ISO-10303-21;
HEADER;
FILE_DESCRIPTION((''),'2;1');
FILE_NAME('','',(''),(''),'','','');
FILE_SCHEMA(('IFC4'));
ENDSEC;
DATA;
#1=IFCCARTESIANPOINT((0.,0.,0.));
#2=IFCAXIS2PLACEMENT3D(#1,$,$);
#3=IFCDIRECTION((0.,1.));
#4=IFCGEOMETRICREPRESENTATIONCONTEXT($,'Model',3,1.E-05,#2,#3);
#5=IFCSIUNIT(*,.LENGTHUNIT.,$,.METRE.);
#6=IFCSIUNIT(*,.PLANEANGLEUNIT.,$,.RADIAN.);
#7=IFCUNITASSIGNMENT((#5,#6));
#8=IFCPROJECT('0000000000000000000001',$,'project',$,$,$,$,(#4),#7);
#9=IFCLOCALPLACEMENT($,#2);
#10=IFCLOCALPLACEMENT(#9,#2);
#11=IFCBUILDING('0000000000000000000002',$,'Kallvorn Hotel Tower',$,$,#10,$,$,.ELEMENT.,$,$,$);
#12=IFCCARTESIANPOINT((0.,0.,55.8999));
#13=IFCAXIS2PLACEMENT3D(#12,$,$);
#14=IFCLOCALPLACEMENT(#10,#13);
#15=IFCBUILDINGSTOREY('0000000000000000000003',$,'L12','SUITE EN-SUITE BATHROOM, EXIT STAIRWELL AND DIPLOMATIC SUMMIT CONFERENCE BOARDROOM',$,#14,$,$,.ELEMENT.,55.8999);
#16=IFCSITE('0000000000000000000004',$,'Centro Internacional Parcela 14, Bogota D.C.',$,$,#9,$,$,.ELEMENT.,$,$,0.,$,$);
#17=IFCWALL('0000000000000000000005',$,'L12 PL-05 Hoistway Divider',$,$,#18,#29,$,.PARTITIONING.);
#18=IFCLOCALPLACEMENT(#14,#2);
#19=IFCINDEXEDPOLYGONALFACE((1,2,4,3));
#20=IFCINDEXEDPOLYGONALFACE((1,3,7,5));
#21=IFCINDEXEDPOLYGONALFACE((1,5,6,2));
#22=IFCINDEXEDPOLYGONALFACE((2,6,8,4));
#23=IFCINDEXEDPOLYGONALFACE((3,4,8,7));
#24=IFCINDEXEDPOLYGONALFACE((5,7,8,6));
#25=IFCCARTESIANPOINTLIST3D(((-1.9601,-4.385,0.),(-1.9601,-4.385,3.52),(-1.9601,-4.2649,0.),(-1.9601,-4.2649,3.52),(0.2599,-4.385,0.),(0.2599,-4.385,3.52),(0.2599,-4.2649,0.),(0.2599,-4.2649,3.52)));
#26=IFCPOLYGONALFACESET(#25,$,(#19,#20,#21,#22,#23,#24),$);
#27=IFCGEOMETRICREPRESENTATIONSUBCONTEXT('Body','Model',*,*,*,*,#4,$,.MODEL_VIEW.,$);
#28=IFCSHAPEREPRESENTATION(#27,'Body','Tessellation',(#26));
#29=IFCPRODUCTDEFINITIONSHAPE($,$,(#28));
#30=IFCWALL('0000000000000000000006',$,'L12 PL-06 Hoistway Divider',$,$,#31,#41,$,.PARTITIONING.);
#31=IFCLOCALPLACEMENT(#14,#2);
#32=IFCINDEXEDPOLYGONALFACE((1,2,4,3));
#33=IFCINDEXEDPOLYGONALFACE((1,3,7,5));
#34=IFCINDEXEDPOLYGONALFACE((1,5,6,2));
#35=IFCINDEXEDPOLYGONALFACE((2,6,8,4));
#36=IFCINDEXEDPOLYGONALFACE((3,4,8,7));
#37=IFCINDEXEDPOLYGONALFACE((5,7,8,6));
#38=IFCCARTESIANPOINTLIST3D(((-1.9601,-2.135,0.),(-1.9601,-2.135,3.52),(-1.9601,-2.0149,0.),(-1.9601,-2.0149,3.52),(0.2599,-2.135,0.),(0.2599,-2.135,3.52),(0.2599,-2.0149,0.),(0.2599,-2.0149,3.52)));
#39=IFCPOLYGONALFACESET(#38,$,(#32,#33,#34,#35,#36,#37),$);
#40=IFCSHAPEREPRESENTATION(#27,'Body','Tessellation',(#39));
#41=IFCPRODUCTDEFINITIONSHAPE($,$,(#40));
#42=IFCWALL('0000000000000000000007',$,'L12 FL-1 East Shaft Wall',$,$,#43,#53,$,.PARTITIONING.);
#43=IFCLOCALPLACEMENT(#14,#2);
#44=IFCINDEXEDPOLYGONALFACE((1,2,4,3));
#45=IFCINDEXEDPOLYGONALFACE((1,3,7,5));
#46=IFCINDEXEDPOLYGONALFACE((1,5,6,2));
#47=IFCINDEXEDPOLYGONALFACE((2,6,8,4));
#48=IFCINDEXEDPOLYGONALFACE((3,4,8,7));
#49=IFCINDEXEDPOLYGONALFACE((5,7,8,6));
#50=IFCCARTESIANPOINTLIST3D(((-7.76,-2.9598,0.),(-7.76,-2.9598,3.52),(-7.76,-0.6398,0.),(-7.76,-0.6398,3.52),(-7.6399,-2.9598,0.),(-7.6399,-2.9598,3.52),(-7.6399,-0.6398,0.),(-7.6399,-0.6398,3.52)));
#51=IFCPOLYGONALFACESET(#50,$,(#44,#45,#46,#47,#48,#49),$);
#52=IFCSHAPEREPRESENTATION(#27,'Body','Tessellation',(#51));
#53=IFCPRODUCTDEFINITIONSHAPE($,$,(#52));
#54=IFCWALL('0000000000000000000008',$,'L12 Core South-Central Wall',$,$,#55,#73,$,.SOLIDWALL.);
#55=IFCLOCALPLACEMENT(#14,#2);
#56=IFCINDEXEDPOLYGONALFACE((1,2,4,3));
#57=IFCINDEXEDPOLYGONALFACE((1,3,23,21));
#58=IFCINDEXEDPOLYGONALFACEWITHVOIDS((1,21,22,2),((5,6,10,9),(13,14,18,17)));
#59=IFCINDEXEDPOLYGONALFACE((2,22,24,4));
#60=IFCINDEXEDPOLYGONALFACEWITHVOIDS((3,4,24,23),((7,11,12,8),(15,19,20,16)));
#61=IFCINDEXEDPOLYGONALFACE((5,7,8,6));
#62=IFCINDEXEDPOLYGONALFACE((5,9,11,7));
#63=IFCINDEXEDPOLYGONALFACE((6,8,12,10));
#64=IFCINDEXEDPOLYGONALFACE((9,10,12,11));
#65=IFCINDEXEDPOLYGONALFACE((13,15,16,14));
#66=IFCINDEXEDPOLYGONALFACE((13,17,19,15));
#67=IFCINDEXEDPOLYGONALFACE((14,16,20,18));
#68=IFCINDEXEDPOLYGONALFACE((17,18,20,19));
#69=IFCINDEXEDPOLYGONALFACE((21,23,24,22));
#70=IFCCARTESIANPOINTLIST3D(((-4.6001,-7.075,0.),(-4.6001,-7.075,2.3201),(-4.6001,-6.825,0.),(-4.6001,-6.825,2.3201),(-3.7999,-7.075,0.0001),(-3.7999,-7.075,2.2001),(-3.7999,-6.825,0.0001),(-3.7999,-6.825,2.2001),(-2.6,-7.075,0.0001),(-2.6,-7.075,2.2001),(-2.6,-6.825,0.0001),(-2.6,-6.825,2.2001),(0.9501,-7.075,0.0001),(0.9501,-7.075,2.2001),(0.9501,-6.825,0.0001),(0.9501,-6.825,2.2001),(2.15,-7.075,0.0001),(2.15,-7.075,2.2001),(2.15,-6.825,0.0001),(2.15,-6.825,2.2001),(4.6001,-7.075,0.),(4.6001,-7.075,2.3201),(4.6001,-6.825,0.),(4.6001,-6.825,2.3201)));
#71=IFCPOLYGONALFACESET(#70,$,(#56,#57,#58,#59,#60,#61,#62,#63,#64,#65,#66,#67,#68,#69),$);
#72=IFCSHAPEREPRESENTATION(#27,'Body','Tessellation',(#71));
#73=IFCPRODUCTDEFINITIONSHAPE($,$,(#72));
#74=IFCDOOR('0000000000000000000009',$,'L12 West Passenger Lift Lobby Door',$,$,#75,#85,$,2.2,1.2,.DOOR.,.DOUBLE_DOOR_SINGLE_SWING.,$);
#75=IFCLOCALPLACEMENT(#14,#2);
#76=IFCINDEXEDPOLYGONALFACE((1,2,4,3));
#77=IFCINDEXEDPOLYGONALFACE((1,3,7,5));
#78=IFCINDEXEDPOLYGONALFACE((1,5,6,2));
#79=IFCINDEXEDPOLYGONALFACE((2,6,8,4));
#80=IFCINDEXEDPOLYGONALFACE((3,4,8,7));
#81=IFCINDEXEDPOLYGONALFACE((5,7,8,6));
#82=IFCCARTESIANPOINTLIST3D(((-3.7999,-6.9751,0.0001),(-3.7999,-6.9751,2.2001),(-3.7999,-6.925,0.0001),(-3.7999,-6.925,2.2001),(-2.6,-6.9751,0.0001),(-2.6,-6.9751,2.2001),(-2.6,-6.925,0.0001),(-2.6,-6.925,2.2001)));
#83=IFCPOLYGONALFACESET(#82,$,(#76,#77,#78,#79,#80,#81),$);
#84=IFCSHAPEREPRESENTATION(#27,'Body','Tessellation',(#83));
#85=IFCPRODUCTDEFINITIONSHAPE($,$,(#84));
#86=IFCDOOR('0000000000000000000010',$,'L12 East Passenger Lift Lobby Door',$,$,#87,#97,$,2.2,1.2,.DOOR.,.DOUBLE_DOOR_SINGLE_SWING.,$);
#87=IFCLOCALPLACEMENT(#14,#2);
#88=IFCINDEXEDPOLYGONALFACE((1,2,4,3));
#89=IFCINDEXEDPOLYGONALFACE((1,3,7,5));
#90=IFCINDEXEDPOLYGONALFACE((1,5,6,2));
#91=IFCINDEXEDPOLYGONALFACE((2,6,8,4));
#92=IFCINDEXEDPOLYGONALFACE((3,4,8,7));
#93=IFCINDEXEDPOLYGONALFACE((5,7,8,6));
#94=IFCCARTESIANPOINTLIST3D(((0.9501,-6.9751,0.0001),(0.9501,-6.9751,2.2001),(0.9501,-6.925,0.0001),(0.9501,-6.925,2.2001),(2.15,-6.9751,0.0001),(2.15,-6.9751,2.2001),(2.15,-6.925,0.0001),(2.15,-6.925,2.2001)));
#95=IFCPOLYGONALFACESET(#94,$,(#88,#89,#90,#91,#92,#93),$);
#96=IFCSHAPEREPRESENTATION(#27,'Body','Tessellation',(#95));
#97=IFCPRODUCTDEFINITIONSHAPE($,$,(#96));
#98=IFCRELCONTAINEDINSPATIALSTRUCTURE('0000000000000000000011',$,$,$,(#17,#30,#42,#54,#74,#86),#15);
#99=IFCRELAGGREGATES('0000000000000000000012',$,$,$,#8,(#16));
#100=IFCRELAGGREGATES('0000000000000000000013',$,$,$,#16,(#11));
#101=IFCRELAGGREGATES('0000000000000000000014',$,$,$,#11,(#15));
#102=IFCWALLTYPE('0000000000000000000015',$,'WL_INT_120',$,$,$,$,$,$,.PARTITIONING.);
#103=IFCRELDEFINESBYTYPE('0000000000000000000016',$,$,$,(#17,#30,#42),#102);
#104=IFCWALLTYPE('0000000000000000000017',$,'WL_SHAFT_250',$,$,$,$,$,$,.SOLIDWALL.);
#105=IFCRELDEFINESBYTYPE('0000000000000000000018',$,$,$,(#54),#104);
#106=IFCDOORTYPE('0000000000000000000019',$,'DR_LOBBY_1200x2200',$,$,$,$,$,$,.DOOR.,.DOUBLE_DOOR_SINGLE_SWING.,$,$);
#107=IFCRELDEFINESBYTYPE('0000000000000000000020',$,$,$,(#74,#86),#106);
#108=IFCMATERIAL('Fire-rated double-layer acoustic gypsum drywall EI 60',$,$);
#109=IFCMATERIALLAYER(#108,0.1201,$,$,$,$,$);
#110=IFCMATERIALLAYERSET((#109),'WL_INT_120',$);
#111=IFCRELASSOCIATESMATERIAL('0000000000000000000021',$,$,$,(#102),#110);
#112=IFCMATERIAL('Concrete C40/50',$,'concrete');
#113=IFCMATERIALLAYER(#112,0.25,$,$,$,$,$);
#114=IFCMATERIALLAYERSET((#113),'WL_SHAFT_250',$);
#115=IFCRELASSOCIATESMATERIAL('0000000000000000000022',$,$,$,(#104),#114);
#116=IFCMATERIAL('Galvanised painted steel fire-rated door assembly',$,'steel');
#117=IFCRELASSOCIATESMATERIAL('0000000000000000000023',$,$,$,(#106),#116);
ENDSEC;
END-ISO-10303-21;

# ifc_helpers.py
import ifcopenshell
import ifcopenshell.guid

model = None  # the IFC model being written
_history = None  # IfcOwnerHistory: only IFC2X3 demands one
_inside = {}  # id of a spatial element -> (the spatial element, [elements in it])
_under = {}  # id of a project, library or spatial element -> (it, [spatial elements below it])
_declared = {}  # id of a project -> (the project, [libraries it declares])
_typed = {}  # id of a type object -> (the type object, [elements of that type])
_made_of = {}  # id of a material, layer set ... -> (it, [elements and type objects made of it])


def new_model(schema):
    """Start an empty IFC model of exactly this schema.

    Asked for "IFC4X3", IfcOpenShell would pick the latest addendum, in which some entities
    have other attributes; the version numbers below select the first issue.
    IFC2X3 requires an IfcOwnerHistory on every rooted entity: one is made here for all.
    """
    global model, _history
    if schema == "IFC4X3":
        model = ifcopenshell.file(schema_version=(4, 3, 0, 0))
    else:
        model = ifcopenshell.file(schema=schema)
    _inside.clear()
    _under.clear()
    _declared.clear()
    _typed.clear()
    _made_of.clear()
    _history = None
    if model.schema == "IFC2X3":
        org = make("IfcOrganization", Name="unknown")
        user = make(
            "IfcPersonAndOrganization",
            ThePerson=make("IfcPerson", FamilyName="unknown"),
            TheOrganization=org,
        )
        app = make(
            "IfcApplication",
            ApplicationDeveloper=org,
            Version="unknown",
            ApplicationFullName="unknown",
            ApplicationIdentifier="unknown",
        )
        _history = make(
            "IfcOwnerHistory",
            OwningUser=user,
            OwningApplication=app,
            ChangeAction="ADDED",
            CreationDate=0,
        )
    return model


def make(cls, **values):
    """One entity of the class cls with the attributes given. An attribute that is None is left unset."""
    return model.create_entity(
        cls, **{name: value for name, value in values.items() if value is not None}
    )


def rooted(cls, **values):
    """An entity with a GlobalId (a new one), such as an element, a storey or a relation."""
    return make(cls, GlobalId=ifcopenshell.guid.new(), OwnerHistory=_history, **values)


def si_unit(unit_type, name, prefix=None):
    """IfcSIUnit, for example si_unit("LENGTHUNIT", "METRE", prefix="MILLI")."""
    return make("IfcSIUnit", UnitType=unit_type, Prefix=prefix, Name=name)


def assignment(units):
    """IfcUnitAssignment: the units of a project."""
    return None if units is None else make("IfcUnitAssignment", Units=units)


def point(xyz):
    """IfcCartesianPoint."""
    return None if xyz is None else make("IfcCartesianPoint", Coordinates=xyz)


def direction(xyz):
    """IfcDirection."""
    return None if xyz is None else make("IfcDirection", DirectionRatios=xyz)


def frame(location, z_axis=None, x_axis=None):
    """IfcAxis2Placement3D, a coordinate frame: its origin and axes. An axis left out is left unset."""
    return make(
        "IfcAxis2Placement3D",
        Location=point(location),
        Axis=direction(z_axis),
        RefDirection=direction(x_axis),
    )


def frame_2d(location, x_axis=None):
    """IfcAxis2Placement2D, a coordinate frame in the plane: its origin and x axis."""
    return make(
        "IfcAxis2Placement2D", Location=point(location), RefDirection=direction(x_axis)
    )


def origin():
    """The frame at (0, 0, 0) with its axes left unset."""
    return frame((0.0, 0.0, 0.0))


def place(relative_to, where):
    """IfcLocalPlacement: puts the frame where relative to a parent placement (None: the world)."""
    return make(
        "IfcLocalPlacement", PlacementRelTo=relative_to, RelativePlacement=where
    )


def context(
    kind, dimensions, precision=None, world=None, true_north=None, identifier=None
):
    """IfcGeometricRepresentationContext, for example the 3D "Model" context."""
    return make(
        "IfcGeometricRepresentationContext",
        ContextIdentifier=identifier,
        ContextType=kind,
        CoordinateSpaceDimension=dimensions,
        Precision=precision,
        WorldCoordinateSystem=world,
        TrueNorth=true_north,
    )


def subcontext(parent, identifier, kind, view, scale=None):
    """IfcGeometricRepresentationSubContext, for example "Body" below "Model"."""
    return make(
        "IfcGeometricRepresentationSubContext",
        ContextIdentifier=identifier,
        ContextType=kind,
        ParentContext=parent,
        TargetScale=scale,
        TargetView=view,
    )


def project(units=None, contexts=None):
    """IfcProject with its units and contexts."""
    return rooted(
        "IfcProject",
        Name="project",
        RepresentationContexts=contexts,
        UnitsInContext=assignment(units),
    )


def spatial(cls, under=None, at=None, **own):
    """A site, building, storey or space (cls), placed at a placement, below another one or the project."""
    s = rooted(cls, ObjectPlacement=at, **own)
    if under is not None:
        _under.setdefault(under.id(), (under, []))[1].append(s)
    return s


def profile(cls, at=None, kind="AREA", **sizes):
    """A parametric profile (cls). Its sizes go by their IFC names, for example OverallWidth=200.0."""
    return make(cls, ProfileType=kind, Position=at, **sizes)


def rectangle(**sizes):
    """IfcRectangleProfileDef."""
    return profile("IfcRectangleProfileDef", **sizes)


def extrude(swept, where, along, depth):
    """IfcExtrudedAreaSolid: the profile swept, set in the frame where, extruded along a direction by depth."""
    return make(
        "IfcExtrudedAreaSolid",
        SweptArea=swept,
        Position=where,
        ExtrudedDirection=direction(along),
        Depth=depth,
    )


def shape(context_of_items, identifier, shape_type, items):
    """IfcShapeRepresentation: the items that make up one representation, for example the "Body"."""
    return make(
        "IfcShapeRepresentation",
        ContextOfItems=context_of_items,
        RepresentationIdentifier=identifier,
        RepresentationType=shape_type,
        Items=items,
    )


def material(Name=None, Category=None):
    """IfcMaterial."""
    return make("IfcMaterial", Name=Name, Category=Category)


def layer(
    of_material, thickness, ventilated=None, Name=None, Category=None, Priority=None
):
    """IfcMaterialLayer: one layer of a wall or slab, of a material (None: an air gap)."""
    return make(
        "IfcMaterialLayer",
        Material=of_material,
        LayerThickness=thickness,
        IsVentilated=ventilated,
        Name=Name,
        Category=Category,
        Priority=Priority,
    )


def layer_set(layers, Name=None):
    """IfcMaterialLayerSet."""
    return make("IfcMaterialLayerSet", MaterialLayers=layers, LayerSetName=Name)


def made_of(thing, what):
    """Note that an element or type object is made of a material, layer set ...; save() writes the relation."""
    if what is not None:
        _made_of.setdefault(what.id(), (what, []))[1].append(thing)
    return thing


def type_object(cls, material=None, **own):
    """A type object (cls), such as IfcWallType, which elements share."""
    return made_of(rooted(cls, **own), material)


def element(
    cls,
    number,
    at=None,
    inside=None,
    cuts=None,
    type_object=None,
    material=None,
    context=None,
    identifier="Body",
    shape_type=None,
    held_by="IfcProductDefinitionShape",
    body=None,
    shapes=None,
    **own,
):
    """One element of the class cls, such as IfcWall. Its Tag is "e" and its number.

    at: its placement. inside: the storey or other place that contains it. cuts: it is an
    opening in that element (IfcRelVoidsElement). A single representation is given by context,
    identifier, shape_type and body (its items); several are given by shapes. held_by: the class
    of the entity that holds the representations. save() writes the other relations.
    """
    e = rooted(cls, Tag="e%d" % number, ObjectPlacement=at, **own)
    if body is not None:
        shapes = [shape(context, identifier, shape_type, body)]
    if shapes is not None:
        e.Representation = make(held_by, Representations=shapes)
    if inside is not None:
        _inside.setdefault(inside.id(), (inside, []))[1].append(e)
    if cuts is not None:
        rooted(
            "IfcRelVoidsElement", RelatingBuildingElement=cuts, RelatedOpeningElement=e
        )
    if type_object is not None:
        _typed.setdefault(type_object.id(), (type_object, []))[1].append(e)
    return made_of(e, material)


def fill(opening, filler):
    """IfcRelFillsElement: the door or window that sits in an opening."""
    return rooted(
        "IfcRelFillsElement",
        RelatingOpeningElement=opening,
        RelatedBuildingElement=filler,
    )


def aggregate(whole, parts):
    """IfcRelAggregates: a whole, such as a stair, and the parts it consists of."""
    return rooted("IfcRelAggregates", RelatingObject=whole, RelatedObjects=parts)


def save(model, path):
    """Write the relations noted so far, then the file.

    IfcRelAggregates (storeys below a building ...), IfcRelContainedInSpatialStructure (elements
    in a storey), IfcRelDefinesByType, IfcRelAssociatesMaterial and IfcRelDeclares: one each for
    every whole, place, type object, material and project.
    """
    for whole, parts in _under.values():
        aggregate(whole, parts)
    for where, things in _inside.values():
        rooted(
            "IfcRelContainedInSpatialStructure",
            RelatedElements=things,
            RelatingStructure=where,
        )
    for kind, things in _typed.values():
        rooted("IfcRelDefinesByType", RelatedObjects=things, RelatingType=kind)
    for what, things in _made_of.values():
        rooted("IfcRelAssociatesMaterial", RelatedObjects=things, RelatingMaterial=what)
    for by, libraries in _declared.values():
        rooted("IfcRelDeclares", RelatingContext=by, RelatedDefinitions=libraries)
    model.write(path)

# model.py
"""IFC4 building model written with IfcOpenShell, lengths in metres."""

from ifc_helpers import new_model, si_unit, direction, frame, frame_2d, origin, place, context, subcontext, project, spatial, rectangle, extrude, material, layer, layer_set, type_object, element, fill, save


model = new_model("IFC4")

# Units and contexts
model_context = context("Model", 3, precision=1e-05, world=origin(), true_north=direction((0.0, 1.0)))
body_context = subcontext(model_context, "Body", "Model", "MODEL_VIEW")
ifc_project = project(units=[si_unit("LENGTHUNIT", "METRE"), si_unit("PLANEANGLEUNIT", "RADIAN")], contexts=[model_context])

# Site, building, storey
site_placement = place(None, origin())
site = spatial("IfcSite", under=ifc_project, at=site_placement, Name="Centro Internacional Parcela 14, Bogota D.C.", CompositionType="ELEMENT", RefElevation=0.0)
building_placement = place(site_placement, origin())
building = spatial("IfcBuilding", under=site, at=building_placement, Name="Kallvorn Hotel Tower", CompositionType="ELEMENT")
storey_placement = place(building_placement, frame((0.0, 0.0, 55.8999)))
storey = spatial("IfcBuildingStorey", under=building, at=storey_placement, Name="L12", Description="SUITE EN-SUITE BATHROOM, EXIT STAIRWELL AND DIPLOMATIC SUMMIT CONFERENCE BOARDROOM", CompositionType="ELEMENT", Elevation=55.8999)

# Walls
ifc_material_1 = material(Name="Fire-rated double-layer acoustic gypsum drywall EI 60")
ifc_layer_1 = layer(ifc_material_1, 0.1201)
ifc_layer_set_1 = layer_set([ifc_layer_1], Name="WL_INT_120")
wall_type_1 = type_object("IfcWallType", Name="WL_INT_120", PredefinedType="PARTITIONING", material=ifc_layer_set_1)
for number, where, z_axis, x_axis, name in (
    (1, (-1.96, -4.325, 0.0), (0.0, 0.0, 1.0), (1.0, 0.0, 0.0), "L12 PL-05 Hoistway Divider"),
    (2, (-1.96, -2.075, 0.0), (0.0, 0.0, 1.0), (1.0, 0.0, 0.0), "L12 PL-06 Hoistway Divider"),
):
    element("IfcWall", number, at=place(storey_placement, frame(where, z_axis=z_axis, x_axis=x_axis)), inside=storey, type_object=wall_type_1, Name=name, PredefinedType="PARTITIONING", context=body_context, shape_type="SweptSolid", body=[
        extrude(rectangle(XDim=2.22, YDim=0.1201, at=frame_2d((1.1099, 0.0))), origin(), (0.0, 0.0, 1.0), 3.52),
    ])
wall_1_placement = place(storey_placement, frame((-7.7, -2.96, 0.0), z_axis=(0.0, 0.0, 1.0), x_axis=(0.0, 1.0, 0.0)))
element("IfcWall", 3, at=wall_1_placement, inside=storey, type_object=wall_type_1, Name="L12 FL-1 East Shaft Wall", PredefinedType="PARTITIONING", context=body_context, shape_type="SweptSolid", body=[
    extrude(rectangle(XDim=2.3201, YDim=0.1201, at=frame_2d((1.1602, 0.0))), origin(), (0.0, 0.0, 1.0), 3.52),
])

# Wall, openings, doors
ifc_material_2 = material(Name="Concrete C40/50", Category="concrete")
ifc_layer_2 = layer(ifc_material_2, 0.25)
ifc_layer_set_2 = layer_set([ifc_layer_2], Name="WL_SHAFT_250")
wall_type_2 = type_object("IfcWallType", Name="WL_SHAFT_250", PredefinedType="SOLIDWALL", material=ifc_layer_set_2)
wall_2_placement = place(storey_placement, frame((-4.6001, -6.95, 0.0), z_axis=(0.0, 0.0, 1.0), x_axis=(1.0, 0.0, 0.0)))
wall_2 = element("IfcWall", 4, at=wall_2_placement, inside=storey, type_object=wall_type_2, Name="L12 Core South-Central Wall", PredefinedType="SOLIDWALL", context=body_context, shape_type="SweptSolid", body=[
    extrude(rectangle(XDim=9.2002, YDim=0.25, at=frame_2d((4.6001, 0.0))), origin(), (0.0, 0.0, 1.0), 2.3201),
])
opening_1_placement = place(wall_2_placement, frame((0.8, 0.0, 0.0)))
opening_1 = element("IfcOpeningElement", 5, at=opening_1_placement, cuts=wall_2, PredefinedType="OPENING", context=body_context, shape_type="SweptSolid", body=[
    extrude(rectangle(XDim=1.2, YDim=2.2, at=frame_2d((0.6001, 1.1001))), frame((0.0, 0.1399, 0.0), z_axis=(0.0, -1.0, 0.0), x_axis=(1.0, 0.0, 0.0)), (0.0, 0.0, 1.0), 0.28),
])
opening_2_placement = place(wall_2_placement, frame((5.55, 0.0, 0.0)))
opening_2 = element("IfcOpeningElement", 6, at=opening_2_placement, cuts=wall_2, PredefinedType="OPENING", context=body_context, shape_type="SweptSolid", body=[
    extrude(rectangle(XDim=1.2, YDim=2.2, at=frame_2d((0.6001, 1.1001))), frame((0.0, 0.1399, 0.0), z_axis=(0.0, -1.0, 0.0), x_axis=(1.0, 0.0, 0.0)), (0.0, 0.0, 1.0), 0.28),
])
ifc_material_3 = material(Name="Galvanised painted steel fire-rated door assembly", Category="steel")
door_type_1 = type_object("IfcDoorType", Name="DR_LOBBY_1200x2200", OperationType="DOUBLE_DOOR_SINGLE_SWING", PredefinedType="DOOR", material=ifc_material_3)
door_1_placement = place(opening_1_placement, origin())
door_1 = element("IfcDoor", 7, at=door_1_placement, inside=storey, type_object=door_type_1, Name="L12 West Passenger Lift Lobby Door", OperationType="DOUBLE_DOOR_SINGLE_SWING", OverallHeight=2.2, OverallWidth=1.2, PredefinedType="DOOR", context=body_context, shape_type="SweptSolid", body=[
    extrude(rectangle(XDim=1.2, YDim=2.2, at=frame_2d((0.6001, 1.1001))), frame((0.0, 0.0249, 0.0), z_axis=(0.0, -1.0, 0.0), x_axis=(1.0, 0.0, 0.0)), (0.0, 0.0, 1.0), 0.05),
])
fill(opening_1, door_1)
door_2_placement = place(opening_2_placement, origin())
door_2 = element("IfcDoor", 8, at=door_2_placement, inside=storey, type_object=door_type_1, Name="L12 East Passenger Lift Lobby Door", OperationType="DOUBLE_DOOR_SINGLE_SWING", OverallHeight=2.2, OverallWidth=1.2, PredefinedType="DOOR", context=body_context, shape_type="SweptSolid", body=[
    extrude(rectangle(XDim=1.2, YDim=2.2, at=frame_2d((0.6001, 1.1001))), frame((0.0, 0.0249, 0.0), z_axis=(0.0, -1.0, 0.0), x_axis=(1.0, 0.0, 0.0)), (0.0, 0.0, 1.0), 0.05),
])
fill(opening_2, door_2)

save(model, "model.ifc")
